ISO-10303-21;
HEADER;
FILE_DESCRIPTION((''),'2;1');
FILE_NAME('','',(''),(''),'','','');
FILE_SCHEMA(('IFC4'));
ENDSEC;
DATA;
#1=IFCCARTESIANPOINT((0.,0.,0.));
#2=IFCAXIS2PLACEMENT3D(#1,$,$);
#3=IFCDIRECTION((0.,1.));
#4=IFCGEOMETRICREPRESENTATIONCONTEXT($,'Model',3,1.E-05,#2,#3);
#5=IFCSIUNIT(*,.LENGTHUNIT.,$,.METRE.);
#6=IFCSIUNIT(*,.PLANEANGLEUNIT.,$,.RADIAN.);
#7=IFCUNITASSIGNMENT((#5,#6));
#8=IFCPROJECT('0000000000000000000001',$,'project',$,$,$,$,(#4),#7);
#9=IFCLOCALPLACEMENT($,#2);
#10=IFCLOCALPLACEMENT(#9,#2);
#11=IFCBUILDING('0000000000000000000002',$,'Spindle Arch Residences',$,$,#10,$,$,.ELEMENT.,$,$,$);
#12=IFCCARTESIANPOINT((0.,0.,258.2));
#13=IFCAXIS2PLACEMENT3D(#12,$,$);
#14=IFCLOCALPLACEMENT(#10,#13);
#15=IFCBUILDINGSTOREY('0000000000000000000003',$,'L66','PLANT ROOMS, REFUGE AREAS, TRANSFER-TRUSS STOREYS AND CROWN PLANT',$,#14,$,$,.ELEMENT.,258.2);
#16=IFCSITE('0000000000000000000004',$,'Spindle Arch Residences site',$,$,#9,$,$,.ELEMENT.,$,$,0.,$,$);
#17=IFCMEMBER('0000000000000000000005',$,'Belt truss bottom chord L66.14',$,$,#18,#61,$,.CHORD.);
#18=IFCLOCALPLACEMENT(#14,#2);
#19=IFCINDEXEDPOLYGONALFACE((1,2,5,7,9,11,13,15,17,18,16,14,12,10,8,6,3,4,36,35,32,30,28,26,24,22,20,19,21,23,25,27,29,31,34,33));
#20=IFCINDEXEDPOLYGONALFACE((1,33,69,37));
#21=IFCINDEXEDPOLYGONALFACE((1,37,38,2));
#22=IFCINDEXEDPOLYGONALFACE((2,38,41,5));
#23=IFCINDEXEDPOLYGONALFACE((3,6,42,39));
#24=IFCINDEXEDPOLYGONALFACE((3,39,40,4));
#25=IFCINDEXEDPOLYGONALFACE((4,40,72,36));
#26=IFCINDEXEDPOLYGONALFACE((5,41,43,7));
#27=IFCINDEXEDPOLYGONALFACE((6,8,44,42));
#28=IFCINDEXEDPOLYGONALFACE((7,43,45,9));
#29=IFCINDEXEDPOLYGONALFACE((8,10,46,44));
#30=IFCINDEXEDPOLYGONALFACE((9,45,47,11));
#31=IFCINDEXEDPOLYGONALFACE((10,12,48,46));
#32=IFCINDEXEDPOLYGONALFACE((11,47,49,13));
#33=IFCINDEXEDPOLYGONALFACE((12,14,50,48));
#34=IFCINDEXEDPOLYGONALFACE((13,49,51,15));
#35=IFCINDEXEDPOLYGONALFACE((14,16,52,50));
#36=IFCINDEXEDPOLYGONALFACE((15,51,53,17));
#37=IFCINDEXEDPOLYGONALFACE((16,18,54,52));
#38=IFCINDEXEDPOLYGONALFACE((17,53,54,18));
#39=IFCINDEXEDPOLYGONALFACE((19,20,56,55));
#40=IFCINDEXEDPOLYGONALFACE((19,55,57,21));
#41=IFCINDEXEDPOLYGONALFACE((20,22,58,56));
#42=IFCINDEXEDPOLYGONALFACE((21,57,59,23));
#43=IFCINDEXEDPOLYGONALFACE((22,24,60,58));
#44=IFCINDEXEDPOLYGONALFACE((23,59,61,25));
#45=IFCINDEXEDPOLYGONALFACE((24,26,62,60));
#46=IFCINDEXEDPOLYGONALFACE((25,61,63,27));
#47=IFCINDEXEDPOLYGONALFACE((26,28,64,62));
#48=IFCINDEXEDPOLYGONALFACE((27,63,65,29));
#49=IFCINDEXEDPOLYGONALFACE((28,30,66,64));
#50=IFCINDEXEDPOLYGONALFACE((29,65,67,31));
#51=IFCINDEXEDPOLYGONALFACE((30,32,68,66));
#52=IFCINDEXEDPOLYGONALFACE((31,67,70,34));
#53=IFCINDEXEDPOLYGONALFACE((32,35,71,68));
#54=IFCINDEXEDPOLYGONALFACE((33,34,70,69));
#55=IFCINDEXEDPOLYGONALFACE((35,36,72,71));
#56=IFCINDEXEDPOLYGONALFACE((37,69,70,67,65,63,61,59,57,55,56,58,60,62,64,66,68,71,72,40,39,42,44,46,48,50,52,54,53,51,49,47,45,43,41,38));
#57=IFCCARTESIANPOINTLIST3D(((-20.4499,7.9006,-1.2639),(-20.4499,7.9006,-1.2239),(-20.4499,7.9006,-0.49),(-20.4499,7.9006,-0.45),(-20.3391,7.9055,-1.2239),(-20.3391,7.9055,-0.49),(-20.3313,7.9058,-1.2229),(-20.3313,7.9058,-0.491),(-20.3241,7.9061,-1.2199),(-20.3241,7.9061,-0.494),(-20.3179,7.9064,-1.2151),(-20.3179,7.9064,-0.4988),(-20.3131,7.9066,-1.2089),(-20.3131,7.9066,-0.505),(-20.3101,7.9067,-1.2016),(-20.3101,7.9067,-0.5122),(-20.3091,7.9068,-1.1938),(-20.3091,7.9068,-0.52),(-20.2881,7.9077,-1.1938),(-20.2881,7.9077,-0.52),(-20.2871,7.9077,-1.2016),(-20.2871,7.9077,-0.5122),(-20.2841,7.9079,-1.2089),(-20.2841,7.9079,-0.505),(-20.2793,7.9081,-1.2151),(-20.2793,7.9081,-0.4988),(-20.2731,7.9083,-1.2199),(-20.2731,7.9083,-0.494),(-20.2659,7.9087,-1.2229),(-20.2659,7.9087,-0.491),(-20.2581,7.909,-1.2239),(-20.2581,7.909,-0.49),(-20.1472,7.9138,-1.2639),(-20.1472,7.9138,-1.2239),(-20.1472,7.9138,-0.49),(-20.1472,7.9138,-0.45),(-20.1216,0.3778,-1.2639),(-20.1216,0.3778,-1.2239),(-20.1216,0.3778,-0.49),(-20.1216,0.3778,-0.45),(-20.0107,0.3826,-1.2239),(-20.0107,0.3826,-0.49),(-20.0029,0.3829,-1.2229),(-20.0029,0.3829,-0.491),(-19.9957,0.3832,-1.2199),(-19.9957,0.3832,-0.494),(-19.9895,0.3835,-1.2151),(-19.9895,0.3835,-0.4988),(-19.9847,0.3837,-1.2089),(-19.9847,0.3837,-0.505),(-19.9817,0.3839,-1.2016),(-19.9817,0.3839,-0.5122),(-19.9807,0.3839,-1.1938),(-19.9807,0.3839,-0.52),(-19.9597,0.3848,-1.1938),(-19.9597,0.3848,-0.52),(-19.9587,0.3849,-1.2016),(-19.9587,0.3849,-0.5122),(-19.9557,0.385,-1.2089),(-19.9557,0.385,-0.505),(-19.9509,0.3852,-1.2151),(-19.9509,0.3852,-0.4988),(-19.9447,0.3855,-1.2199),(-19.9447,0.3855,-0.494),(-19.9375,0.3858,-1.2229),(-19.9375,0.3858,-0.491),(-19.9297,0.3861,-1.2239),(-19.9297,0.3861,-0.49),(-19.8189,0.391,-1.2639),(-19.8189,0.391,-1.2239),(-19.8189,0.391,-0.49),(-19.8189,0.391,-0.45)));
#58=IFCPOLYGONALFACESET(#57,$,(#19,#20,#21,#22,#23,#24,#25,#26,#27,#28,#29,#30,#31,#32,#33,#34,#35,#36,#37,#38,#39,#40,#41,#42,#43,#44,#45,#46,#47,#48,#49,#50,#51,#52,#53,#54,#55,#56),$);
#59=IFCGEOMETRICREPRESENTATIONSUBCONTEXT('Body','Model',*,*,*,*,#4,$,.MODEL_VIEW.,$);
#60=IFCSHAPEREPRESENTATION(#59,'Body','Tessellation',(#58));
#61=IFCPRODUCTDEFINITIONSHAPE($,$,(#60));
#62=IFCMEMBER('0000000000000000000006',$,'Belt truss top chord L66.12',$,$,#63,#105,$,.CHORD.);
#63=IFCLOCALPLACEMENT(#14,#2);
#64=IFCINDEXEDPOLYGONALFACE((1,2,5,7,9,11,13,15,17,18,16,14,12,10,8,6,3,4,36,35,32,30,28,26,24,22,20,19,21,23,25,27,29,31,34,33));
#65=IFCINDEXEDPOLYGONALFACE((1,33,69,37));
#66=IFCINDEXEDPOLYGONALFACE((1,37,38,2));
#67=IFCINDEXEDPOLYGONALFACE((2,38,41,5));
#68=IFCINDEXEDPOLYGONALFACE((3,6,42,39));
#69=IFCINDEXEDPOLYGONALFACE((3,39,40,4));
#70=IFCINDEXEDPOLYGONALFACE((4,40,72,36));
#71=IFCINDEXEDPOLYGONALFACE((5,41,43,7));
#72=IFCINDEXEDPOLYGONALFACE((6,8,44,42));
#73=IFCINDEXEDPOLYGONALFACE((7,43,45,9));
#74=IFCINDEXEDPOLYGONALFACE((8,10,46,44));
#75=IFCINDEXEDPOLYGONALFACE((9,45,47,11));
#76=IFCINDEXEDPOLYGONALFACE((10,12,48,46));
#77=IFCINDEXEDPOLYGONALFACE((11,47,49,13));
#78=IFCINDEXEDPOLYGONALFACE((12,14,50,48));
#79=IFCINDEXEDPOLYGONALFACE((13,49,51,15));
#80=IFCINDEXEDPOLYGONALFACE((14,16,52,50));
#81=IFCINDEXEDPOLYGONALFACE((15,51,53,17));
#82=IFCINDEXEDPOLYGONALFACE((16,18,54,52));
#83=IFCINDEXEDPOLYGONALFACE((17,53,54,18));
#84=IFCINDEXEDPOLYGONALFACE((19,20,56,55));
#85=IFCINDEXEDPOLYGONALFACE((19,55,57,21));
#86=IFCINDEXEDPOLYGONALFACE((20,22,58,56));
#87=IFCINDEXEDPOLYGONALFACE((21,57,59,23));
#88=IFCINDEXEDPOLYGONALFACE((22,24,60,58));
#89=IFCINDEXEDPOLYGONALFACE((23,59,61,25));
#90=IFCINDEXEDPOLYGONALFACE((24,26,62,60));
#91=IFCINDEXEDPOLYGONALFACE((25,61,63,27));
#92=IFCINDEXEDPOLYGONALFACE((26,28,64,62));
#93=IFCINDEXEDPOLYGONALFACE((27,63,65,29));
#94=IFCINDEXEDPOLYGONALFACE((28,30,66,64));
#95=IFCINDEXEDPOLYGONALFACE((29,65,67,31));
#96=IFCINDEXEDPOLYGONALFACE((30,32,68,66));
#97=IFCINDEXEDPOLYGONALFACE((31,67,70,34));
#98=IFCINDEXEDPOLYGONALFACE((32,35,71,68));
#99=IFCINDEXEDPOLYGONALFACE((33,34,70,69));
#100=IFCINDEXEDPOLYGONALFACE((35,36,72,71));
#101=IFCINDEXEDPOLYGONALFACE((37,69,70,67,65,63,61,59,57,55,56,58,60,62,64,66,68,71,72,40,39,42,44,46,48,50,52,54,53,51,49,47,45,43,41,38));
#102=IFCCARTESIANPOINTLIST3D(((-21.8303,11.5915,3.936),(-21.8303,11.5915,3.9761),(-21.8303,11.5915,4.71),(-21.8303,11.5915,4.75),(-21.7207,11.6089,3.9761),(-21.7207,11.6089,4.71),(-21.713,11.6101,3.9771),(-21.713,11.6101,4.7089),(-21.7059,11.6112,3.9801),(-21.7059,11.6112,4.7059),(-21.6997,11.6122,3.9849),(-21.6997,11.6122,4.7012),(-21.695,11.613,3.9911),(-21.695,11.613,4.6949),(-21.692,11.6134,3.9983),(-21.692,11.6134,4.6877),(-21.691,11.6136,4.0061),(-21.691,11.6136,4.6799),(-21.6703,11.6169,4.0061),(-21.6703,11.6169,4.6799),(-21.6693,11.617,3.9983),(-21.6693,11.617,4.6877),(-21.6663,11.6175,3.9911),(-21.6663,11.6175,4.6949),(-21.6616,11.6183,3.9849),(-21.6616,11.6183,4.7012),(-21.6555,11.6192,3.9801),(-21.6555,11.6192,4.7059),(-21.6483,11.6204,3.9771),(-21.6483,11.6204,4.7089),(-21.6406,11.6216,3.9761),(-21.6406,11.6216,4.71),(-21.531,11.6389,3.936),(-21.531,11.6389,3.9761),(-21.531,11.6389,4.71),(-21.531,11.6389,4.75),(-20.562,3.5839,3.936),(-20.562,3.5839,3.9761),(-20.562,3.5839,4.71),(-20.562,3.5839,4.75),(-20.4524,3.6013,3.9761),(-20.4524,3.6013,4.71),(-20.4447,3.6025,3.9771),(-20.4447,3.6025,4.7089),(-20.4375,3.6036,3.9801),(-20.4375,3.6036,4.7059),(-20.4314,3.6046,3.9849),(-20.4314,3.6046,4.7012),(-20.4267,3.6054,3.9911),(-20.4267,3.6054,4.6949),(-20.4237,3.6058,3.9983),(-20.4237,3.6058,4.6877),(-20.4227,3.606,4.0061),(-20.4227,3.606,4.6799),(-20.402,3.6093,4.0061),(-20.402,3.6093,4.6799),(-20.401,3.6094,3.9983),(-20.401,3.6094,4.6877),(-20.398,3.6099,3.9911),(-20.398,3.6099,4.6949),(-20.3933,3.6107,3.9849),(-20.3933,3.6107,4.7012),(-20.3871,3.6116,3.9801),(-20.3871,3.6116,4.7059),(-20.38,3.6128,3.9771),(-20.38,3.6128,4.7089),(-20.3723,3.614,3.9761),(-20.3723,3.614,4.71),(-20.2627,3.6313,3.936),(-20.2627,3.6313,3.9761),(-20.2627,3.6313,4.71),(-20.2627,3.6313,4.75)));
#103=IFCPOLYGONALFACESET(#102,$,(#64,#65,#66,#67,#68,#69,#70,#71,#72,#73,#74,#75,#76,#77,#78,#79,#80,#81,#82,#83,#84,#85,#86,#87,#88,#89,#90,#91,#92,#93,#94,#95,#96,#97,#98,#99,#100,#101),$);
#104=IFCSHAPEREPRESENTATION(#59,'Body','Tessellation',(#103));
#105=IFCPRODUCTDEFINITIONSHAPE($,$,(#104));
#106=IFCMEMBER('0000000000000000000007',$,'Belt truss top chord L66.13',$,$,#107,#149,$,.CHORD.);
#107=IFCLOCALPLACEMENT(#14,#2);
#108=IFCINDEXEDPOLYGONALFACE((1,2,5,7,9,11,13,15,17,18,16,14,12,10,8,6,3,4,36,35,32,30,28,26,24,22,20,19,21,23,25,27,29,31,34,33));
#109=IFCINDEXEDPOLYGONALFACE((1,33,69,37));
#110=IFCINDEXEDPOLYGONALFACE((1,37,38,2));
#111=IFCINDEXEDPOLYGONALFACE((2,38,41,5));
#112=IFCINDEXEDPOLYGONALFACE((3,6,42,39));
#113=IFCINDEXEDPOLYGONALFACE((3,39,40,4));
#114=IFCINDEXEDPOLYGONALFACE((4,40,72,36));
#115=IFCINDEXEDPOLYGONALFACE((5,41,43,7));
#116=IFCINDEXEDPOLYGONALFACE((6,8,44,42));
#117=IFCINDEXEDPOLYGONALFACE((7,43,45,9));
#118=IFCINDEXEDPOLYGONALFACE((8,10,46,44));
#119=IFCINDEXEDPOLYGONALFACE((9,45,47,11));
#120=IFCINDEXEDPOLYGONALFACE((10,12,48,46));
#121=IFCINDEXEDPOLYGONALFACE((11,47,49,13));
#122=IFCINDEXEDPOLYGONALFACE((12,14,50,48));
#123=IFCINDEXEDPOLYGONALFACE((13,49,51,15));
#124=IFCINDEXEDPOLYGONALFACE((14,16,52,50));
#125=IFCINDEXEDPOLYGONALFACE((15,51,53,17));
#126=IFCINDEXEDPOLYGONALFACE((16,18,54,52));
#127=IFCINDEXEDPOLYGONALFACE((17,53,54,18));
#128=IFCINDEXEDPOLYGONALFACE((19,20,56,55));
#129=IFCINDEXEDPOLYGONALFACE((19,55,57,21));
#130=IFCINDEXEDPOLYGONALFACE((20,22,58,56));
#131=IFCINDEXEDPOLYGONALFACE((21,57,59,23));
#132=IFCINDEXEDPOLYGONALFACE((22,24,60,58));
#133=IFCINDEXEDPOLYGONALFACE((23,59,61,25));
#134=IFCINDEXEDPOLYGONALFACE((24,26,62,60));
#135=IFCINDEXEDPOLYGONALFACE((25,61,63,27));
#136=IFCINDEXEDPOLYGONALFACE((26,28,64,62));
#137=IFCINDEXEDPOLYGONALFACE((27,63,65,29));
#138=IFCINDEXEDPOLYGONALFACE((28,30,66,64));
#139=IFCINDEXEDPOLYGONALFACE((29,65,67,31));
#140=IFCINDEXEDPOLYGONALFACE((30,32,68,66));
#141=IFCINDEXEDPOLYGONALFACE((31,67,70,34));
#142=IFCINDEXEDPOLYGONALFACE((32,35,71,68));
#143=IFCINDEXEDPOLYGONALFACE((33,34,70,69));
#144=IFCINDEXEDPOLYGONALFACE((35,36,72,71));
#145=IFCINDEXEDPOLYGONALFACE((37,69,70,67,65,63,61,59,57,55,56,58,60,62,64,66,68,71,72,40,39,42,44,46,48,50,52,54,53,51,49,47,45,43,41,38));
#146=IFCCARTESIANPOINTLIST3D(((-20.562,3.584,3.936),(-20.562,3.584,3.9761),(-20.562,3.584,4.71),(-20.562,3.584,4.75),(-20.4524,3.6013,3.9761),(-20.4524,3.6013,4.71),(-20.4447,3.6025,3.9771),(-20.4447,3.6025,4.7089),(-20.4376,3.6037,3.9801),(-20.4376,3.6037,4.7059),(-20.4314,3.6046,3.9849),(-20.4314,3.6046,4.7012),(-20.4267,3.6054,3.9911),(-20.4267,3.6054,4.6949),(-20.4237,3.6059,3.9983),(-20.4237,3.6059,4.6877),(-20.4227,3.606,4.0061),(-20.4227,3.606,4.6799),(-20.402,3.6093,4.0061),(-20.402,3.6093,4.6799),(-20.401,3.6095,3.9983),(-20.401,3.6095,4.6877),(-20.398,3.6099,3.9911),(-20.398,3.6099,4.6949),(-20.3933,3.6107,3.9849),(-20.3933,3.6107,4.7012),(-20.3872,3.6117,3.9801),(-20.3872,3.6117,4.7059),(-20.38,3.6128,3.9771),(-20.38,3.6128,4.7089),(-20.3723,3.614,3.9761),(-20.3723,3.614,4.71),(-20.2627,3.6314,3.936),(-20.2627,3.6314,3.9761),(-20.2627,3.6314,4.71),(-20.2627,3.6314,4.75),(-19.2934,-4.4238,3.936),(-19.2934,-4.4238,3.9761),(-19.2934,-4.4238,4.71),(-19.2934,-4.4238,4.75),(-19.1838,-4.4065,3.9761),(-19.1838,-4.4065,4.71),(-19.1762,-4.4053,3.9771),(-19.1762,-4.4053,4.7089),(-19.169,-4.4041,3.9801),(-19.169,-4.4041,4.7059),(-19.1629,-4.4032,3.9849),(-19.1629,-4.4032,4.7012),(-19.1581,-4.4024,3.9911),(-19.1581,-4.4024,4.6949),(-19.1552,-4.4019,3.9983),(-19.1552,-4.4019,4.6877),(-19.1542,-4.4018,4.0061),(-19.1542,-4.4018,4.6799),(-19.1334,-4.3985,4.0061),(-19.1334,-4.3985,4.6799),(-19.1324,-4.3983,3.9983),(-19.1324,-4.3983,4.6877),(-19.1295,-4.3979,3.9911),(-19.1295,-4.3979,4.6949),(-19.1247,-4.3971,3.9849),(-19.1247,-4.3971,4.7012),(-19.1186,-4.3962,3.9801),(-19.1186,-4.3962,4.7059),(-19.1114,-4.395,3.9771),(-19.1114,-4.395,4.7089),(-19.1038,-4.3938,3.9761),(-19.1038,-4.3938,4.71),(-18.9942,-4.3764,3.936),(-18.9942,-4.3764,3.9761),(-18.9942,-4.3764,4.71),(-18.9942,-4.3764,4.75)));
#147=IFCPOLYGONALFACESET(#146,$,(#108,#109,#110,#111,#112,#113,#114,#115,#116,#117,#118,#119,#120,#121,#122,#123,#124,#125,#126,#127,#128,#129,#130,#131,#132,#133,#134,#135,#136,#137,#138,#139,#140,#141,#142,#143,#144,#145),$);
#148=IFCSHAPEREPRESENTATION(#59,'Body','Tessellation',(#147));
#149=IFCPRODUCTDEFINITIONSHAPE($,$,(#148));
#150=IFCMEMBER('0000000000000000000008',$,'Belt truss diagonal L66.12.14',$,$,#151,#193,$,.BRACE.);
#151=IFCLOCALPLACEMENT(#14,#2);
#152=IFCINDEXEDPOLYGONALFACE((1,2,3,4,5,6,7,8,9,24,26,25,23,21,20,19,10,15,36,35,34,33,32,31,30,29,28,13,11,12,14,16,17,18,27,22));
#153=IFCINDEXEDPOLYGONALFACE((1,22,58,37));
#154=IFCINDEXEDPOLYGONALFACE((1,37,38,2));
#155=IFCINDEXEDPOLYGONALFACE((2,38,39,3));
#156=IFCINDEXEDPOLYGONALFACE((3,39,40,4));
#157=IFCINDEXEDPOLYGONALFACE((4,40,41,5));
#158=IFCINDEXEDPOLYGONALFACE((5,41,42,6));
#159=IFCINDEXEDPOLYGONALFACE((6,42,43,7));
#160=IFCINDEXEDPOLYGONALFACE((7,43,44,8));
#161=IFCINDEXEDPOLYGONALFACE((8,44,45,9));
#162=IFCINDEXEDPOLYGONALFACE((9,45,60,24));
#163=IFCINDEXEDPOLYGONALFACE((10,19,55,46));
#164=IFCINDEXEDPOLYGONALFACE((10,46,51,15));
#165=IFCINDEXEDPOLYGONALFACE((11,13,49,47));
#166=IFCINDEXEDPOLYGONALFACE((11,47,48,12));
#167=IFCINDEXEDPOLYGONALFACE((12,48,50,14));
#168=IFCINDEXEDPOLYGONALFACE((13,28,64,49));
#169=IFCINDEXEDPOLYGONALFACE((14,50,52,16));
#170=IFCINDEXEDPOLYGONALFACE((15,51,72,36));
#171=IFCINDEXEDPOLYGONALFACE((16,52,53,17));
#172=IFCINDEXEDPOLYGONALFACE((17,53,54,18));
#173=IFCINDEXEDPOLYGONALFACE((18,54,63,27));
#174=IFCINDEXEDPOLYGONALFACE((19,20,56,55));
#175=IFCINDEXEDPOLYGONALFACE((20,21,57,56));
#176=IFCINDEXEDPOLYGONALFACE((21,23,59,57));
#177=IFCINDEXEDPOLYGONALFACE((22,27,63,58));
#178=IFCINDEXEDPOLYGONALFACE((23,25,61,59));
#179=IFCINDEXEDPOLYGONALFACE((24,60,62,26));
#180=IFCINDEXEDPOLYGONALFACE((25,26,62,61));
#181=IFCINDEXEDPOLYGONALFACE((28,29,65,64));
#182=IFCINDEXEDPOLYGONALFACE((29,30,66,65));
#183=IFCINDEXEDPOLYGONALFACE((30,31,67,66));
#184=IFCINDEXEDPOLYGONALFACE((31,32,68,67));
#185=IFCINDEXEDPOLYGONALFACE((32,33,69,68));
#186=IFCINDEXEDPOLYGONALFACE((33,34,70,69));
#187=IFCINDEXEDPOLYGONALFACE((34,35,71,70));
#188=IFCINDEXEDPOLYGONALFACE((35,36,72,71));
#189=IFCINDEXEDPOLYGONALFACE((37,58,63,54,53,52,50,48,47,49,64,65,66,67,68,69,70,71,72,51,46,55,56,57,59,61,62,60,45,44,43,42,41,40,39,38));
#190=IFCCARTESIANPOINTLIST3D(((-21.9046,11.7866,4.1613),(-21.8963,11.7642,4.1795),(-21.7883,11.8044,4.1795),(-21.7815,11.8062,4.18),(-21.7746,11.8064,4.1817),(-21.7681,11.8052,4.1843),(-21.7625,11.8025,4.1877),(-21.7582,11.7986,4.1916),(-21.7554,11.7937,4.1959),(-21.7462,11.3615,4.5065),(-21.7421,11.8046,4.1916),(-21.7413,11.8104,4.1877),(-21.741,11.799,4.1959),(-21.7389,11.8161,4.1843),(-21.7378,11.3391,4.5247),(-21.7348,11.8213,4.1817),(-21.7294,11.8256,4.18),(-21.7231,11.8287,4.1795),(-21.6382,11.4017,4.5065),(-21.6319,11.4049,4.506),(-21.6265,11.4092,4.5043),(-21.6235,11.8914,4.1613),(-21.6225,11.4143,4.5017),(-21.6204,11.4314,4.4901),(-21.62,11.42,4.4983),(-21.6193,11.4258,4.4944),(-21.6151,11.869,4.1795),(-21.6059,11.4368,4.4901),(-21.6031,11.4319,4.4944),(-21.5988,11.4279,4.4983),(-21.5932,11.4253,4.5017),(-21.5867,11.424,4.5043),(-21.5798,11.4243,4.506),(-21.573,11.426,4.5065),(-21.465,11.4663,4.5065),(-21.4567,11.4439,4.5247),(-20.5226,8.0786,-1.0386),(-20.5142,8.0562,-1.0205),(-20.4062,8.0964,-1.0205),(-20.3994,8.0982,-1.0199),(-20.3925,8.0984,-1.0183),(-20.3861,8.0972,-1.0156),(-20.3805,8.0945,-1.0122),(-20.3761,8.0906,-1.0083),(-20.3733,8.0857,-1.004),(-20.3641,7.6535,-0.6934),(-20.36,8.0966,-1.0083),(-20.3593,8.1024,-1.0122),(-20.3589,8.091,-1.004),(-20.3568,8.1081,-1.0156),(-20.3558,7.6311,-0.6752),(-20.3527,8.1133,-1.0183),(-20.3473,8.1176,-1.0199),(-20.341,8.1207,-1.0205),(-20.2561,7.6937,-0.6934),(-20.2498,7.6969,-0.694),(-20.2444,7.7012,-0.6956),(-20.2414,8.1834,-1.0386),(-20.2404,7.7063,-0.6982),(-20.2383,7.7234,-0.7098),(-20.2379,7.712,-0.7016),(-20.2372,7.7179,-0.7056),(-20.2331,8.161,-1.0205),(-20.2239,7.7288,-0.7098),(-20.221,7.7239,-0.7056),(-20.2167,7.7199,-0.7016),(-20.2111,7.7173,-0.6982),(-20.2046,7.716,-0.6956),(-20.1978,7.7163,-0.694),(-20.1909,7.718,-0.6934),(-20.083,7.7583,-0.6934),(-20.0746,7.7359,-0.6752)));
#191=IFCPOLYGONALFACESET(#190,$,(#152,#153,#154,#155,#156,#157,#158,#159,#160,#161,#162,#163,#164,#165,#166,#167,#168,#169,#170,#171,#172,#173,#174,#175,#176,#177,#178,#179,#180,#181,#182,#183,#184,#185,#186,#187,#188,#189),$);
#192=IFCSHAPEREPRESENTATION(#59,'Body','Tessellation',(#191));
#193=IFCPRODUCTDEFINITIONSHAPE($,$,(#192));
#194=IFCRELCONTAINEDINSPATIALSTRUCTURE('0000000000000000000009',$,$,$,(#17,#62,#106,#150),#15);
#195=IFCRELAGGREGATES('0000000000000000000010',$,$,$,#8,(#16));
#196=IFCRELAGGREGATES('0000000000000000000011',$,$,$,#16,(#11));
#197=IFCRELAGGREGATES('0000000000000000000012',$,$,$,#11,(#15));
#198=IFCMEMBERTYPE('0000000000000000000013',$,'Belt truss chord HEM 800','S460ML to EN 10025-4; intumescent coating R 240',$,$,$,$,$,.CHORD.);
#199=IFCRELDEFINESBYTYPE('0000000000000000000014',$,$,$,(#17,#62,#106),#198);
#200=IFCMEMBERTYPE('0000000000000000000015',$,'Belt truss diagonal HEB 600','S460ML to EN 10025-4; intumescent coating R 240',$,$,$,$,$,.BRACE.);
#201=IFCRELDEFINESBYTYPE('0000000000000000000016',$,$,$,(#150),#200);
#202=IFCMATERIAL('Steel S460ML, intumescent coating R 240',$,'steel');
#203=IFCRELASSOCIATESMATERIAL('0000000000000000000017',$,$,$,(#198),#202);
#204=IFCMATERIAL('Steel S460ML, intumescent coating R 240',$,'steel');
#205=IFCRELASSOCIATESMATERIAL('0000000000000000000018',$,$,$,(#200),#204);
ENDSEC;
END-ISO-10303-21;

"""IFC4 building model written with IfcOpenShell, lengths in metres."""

from ifc_helpers import new_model, si_unit, direction, frame, origin, origin_2d, place, context, subcontext, project, spatial, i_section, extrude, material, material_profile, profile_set, type_object, element, save


model = new_model("IFC4")

# Units and contexts
model_context = context("Model", 3, precision=1e-05, world=origin(), true_north=direction((0.0, 1.0)))
body_context = subcontext(model_context, "Body", "Model", "MODEL_VIEW")
ifc_project = project(units=[si_unit("LENGTHUNIT", "METRE"), si_unit("PLANEANGLEUNIT", "RADIAN")], contexts=[model_context])

# Site, building, storey
site_placement = place(None, origin())
site = spatial("IfcSite", under=ifc_project, at=site_placement, Name="Spindle Arch Residences site", CompositionType="ELEMENT", RefElevation=0.0)
building_placement = place(site_placement, origin())
building = spatial("IfcBuilding", under=site, at=building_placement, Name="Spindle Arch Residences", CompositionType="ELEMENT")
storey_placement = place(building_placement, frame((0.0, 0.0, 258.2)))
storey = spatial("IfcBuildingStorey", under=building, at=storey_placement, Name="L66", Description="PLANT ROOMS, REFUGE AREAS, TRANSFER-TRUSS STOREYS AND CROWN PLANT", CompositionType="ELEMENT", Elevation=258.2)

# Members
ifc_material_1 = material(Name="Steel S460ML, intumescent coating R 240", Category="steel")
ifc_material_profile_1 = material_profile(ifc_material_1, i_section(OverallWidth=0.303, OverallDepth=0.814, WebThickness=0.021, FlangeThickness=0.04, FilletRadius=0.03, at=origin_2d()), Name="HEM 800")
ifc_profile_set_1 = profile_set([ifc_material_profile_1], Name="Steel S460ML, intumescent coating R 240")
member_type_1 = type_object("IfcMemberType", Name="Belt truss chord HEM 800", Description="S460ML to EN 10025-4; intumescent coating R 240", PredefinedType="CHORD", material=ifc_profile_set_1)
member_1_placement = place(storey_placement, frame((-20.2986, 7.9072, -0.8569), z_axis=(0.043607, -0.999049, 0.0), x_axis=(0.999049, 0.043607, 0.0)))
element("IfcMember", 1, at=member_1_placement, inside=storey, type_object=member_type_1, Name="Belt truss bottom chord L66.14", PredefinedType="CHORD", context=body_context, shape_type="SweptSolid", body=[
    extrude(i_section(OverallWidth=0.303, OverallDepth=0.814, WebThickness=0.021, FlangeThickness=0.04, FilletRadius=0.03, at=origin_2d()), origin(), (0.0, 0.0, 1.0), 7.53),
])
member_2_placement = place(storey_placement, frame((-21.6807, 11.6152, 4.343), z_axis=(0.156439, -0.987688, 0.0), x_axis=(0.987688, 0.156439, 0.0)))
element("IfcMember", 2, at=member_2_placement, inside=storey, type_object=member_type_1, Name="Belt truss top chord L66.12", PredefinedType="CHORD", context=body_context, shape_type="SweptSolid", body=[
    extrude(i_section(OverallWidth=0.303, OverallDepth=0.814, WebThickness=0.021, FlangeThickness=0.04, FilletRadius=0.03, at=origin_2d()), origin(), (0.0, 0.0, 1.0), 8.1074),
])
member_3_placement = place(storey_placement, frame((-20.4124, 3.6077, 4.343), z_axis=(0.156464, -0.987684, 0.0), x_axis=(0.987684, 0.156464, 0.0)))
element("IfcMember", 3, at=member_3_placement, inside=storey, type_object=member_type_1, Name="Belt truss top chord L66.13", PredefinedType="CHORD", context=body_context, shape_type="SweptSolid", body=[
    extrude(i_section(OverallWidth=0.303, OverallDepth=0.814, WebThickness=0.021, FlangeThickness=0.04, FilletRadius=0.03, at=origin_2d()), origin(), (0.0, 0.0, 1.0), 8.1077),
])
ifc_material_2 = material(Name="Steel S460ML, intumescent coating R 240", Category="steel")
ifc_material_profile_2 = material_profile(ifc_material_2, i_section(OverallWidth=0.3, OverallDepth=0.6001, WebThickness=0.0154, FlangeThickness=0.03, FilletRadius=0.0271, at=origin_2d()), Name="HEB 600")
ifc_profile_set_2 = profile_set([ifc_material_profile_2], Name="Steel S460ML, intumescent coating R 240")
member_type_2 = type_object("IfcMemberType", Name="Belt truss diagonal HEB 600", Description="S460ML to EN 10025-4; intumescent coating R 240", PredefinedType="BRACE", material=ifc_profile_set_2)
member_4_placement = place(storey_placement, frame((-20.2986, 7.9072, -0.8569), z_axis=(-0.211507, 0.567456, 0.795776), x_axis=(-0.937027, -0.349257, 0.0)))
element("IfcMember", 4, at=member_4_placement, inside=storey, type_object=member_type_2, Name="Belt truss diagonal L66.12.14", PredefinedType="BRACE", context=body_context, shape_type="SweptSolid", body=[
    extrude(i_section(OverallWidth=0.3, OverallDepth=0.6001, WebThickness=0.0154, FlangeThickness=0.03, FilletRadius=0.0271, at=origin_2d()), origin(), (0.0, 0.0, 1.0), 6.5344),
])

save(model, "model.ifc")
